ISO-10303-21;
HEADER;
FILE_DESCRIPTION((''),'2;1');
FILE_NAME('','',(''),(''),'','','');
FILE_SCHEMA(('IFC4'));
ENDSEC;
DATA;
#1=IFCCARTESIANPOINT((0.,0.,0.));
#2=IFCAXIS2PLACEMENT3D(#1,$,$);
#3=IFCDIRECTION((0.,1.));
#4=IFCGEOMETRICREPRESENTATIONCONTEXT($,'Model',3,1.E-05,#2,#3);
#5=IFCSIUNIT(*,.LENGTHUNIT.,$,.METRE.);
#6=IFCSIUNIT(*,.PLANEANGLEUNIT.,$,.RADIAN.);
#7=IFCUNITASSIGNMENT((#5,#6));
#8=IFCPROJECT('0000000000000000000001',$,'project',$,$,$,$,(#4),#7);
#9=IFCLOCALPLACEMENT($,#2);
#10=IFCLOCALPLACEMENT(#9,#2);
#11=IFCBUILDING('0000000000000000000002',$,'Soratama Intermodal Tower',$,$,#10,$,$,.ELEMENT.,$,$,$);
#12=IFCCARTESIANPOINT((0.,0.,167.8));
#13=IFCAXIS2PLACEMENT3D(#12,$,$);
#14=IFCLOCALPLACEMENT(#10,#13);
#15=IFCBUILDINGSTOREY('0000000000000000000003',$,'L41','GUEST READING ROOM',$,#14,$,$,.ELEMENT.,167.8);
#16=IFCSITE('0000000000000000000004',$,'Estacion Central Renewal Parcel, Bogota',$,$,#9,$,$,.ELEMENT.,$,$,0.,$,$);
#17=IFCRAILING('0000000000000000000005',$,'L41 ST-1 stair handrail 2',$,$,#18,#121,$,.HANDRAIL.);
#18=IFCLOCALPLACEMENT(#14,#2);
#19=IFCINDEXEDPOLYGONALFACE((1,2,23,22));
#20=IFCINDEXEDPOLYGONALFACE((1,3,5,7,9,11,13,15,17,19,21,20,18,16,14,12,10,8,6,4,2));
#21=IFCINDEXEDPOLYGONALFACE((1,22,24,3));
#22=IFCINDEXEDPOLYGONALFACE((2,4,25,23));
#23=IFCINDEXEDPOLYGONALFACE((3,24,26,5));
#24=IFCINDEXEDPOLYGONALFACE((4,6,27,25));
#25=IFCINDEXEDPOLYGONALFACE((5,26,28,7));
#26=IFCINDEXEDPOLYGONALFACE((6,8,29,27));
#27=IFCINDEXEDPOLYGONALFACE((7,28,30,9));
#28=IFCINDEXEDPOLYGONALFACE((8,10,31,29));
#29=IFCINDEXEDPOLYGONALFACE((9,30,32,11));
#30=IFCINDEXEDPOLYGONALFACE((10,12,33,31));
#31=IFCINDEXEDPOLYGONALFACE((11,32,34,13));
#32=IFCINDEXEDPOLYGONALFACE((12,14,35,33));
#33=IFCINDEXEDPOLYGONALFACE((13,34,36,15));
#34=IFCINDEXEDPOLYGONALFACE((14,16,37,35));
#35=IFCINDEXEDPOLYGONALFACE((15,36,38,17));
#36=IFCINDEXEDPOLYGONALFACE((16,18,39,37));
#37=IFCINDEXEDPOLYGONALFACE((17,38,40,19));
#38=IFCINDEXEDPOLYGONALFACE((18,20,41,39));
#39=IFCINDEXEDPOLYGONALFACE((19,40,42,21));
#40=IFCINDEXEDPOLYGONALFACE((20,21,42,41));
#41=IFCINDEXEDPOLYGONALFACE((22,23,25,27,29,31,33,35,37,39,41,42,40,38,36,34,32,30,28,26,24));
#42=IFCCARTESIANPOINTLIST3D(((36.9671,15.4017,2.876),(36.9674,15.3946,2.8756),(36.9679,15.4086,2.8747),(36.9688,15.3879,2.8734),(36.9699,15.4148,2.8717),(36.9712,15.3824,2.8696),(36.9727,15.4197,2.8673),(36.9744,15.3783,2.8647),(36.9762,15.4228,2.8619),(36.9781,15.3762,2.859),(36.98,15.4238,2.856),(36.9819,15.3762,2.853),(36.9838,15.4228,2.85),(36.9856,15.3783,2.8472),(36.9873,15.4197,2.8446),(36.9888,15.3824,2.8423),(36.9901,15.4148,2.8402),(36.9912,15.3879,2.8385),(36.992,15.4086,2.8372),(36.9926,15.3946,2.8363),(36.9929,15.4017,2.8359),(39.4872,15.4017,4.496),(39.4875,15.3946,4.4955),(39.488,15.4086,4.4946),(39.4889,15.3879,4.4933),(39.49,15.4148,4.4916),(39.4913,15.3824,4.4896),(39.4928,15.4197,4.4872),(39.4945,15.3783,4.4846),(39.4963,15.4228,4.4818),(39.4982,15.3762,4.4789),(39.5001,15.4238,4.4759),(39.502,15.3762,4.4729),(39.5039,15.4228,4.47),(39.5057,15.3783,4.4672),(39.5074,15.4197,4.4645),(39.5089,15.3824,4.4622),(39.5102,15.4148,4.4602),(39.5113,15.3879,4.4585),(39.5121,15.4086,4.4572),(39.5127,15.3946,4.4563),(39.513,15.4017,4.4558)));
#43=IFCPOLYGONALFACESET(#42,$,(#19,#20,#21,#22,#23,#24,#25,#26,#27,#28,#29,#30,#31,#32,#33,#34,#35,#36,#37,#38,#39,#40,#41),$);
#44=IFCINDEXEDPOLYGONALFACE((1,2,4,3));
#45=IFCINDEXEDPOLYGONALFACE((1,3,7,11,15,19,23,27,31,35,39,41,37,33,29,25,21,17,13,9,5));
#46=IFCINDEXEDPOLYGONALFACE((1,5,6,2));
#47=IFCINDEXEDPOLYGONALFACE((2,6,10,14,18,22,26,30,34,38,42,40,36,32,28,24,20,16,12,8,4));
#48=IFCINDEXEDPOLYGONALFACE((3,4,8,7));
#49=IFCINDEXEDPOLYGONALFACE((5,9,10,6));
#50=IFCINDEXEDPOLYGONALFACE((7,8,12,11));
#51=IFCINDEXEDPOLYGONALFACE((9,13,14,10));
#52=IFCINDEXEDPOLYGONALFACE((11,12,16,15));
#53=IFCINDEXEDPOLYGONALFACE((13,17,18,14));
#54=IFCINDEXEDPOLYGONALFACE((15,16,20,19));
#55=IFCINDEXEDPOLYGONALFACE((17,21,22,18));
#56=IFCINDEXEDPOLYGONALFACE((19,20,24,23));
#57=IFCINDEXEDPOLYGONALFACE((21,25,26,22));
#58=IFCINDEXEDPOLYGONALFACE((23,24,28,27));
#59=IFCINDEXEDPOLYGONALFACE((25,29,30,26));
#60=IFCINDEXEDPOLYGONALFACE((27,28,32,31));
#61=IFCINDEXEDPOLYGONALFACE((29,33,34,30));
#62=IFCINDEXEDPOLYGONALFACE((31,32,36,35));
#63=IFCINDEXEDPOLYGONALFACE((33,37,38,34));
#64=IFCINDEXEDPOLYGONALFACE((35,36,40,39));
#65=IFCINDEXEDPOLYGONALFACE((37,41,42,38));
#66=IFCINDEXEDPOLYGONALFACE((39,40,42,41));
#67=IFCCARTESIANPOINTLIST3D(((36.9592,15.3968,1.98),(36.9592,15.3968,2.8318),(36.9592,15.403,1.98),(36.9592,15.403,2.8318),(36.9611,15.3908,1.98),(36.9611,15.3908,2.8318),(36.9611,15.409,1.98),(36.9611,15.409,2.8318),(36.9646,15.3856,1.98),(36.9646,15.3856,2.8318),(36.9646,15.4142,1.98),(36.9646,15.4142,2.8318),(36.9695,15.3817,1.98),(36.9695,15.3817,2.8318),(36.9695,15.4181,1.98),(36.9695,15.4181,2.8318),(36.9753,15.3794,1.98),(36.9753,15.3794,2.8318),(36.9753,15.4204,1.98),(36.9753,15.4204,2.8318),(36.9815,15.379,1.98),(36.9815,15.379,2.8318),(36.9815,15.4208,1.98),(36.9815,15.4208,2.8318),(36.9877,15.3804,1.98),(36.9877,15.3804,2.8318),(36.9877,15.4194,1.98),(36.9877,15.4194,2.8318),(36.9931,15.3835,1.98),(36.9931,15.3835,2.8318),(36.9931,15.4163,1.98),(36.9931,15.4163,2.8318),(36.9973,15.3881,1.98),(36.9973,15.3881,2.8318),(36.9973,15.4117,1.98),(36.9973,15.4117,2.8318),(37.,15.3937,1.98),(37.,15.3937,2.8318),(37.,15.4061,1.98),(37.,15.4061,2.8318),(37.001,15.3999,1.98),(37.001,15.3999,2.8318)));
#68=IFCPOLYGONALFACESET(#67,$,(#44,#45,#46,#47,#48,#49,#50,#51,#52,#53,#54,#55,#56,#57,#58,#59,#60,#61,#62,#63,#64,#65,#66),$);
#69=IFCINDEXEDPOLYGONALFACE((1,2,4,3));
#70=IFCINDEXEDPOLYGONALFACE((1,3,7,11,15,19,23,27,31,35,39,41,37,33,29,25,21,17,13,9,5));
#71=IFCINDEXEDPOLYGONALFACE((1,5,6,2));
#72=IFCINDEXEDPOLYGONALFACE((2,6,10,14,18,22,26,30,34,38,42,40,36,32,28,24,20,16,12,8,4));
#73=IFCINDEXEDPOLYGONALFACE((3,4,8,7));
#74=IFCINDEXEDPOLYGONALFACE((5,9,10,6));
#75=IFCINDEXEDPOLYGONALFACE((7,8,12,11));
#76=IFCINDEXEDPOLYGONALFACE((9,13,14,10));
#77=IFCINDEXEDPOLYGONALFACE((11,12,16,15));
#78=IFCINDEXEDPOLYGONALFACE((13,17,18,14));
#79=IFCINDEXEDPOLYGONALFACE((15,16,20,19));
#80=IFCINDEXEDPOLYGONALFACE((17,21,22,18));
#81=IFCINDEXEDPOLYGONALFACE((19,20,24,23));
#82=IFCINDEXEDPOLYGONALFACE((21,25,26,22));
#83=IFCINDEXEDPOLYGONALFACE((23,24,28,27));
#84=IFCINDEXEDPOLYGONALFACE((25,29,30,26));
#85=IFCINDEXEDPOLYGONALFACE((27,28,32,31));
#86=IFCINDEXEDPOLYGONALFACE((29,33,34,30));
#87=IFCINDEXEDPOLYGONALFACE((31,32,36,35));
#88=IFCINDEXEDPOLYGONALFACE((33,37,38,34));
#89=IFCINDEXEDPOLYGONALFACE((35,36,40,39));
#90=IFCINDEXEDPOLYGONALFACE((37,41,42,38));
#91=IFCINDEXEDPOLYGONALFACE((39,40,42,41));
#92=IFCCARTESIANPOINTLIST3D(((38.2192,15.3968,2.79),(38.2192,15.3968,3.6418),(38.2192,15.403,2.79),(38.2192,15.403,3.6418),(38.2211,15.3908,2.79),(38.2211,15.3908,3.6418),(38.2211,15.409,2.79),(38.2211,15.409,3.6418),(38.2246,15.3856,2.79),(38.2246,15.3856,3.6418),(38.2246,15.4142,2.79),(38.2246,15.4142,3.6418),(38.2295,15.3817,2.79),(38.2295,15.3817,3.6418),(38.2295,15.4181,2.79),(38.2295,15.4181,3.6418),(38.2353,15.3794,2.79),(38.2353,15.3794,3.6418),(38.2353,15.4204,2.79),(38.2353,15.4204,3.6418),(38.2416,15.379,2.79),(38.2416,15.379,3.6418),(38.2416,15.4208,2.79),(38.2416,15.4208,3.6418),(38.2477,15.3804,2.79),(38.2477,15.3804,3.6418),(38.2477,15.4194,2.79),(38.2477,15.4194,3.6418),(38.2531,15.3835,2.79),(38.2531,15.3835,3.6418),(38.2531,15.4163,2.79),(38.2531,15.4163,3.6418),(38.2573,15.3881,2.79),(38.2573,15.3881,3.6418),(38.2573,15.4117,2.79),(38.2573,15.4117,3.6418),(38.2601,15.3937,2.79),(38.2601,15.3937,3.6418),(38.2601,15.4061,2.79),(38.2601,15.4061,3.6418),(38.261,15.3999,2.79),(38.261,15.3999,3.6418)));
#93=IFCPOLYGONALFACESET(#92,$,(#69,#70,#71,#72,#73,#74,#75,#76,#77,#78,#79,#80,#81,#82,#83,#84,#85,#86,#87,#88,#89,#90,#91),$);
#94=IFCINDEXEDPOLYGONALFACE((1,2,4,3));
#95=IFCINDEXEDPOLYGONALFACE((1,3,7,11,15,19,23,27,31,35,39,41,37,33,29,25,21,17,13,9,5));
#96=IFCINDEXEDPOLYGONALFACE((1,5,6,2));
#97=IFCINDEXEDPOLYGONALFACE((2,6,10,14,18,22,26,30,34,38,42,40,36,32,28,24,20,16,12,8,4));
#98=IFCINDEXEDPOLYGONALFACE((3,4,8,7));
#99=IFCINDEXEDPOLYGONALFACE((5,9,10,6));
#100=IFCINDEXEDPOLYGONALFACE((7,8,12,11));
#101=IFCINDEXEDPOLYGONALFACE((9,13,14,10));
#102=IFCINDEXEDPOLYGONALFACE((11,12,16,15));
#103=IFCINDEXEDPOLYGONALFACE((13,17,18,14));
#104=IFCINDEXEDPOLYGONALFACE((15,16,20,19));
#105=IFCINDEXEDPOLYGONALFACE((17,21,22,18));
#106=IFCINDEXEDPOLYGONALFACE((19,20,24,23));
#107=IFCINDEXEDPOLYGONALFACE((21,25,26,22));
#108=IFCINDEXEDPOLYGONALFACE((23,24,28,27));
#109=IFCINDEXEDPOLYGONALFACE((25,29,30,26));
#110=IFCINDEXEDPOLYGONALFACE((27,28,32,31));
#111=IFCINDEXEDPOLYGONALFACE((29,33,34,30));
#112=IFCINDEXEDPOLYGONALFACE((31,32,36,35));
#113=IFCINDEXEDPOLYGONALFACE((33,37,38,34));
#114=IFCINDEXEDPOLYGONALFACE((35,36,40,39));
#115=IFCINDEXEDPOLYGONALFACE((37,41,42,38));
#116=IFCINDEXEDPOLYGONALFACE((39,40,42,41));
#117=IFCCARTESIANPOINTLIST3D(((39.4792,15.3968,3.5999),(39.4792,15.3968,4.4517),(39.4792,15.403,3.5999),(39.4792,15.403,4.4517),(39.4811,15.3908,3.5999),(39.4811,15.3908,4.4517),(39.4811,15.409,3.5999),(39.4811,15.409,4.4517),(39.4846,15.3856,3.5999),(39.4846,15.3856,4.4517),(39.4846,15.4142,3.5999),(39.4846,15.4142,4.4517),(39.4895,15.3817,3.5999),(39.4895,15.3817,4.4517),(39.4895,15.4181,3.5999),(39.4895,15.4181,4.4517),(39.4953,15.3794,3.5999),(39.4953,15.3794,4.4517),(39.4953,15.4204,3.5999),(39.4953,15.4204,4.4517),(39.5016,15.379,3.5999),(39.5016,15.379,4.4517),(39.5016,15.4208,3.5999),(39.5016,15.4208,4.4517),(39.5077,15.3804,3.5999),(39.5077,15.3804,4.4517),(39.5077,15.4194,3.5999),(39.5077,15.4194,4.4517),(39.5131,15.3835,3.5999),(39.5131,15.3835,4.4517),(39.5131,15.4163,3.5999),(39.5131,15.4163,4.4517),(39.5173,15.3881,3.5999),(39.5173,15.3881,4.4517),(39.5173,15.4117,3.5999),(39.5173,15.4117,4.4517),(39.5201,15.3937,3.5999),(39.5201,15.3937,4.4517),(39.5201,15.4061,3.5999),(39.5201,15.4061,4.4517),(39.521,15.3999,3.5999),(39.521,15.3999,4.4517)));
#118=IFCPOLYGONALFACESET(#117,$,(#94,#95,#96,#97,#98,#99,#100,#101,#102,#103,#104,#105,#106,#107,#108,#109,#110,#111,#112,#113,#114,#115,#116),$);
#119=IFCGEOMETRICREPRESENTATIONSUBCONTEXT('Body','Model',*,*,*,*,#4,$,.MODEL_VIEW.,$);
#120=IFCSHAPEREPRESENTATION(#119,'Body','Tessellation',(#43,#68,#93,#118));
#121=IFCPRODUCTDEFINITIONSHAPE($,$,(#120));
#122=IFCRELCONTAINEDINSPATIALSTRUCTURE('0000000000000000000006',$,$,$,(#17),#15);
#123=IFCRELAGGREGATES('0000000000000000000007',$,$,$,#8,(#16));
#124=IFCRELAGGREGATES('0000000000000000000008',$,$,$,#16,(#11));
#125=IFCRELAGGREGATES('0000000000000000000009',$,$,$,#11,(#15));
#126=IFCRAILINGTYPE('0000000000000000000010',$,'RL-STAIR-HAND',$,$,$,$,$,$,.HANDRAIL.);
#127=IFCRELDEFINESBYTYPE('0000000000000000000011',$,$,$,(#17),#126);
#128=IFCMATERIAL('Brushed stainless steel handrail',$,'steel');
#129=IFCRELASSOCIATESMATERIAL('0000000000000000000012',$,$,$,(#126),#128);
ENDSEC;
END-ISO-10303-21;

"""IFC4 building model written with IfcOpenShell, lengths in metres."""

from ifc_helpers import new_model, si_unit, direction, frame, origin, origin_2d, place, context, subcontext, project, spatial, circle, extrude, material, type_object, element, save


model = new_model("IFC4")

# Units and contexts
model_context = context("Model", 3, precision=1e-05, world=origin(), true_north=direction((0.0, 1.0)))
body_context = subcontext(model_context, "Body", "Model", "MODEL_VIEW")
ifc_project = project(units=[si_unit("LENGTHUNIT", "METRE"), si_unit("PLANEANGLEUNIT", "RADIAN")], contexts=[model_context])

# Site, building, storey
site_placement = place(None, origin())
site = spatial("IfcSite", under=ifc_project, at=site_placement, Name="Estacion Central Renewal Parcel, Bogota", CompositionType="ELEMENT", RefElevation=0.0)
building_placement = place(site_placement, origin())
building = spatial("IfcBuilding", under=site, at=building_placement, Name="Soratama Intermodal Tower", CompositionType="ELEMENT")
storey_placement = place(building_placement, frame((0.0, 0.0, 167.8)))
storey = spatial("IfcBuildingStorey", under=building, at=storey_placement, Name="L41", Description="GUEST READING ROOM", CompositionType="ELEMENT", Elevation=167.8)

# Railing
ifc_material_1 = material(Name="Brushed stainless steel handrail", Category="steel")
railing_type_1 = type_object("IfcRailingType", Name="RL-STAIR-HAND", PredefinedType="HANDRAIL", material=ifc_material_1)
railing_1_placement = place(storey_placement, frame((36.98, 15.3999, 1.98)))
element("IfcRailing", 1, at=railing_1_placement, inside=storey, type_object=railing_type_1, Name="L41 ST-1 stair handrail 2", PredefinedType="HANDRAIL", context=body_context, shape_type="SweptSolid", body=[
    extrude(circle(Radius=0.0239, at=origin_2d()), frame((0.0, 0.0, 0.876), z_axis=(0.8412, 0.0, 0.540725), x_axis=(0.0, 1.0, 0.0)), (0.0, 0.0, 1.0), 2.9958),
    extrude(circle(Radius=0.021, at=origin_2d()), origin(), (0.0, 0.0, 1.0), 0.8518),
    extrude(circle(Radius=0.021, at=origin_2d()), frame((1.26, 0.0, 0.8101)), (0.0, 0.0, 1.0), 0.8518),
    extrude(circle(Radius=0.021, at=origin_2d()), frame((2.52, 0.0, 1.6199)), (0.0, 0.0, 1.0), 0.8518),
])

save(model, "model.ifc")
